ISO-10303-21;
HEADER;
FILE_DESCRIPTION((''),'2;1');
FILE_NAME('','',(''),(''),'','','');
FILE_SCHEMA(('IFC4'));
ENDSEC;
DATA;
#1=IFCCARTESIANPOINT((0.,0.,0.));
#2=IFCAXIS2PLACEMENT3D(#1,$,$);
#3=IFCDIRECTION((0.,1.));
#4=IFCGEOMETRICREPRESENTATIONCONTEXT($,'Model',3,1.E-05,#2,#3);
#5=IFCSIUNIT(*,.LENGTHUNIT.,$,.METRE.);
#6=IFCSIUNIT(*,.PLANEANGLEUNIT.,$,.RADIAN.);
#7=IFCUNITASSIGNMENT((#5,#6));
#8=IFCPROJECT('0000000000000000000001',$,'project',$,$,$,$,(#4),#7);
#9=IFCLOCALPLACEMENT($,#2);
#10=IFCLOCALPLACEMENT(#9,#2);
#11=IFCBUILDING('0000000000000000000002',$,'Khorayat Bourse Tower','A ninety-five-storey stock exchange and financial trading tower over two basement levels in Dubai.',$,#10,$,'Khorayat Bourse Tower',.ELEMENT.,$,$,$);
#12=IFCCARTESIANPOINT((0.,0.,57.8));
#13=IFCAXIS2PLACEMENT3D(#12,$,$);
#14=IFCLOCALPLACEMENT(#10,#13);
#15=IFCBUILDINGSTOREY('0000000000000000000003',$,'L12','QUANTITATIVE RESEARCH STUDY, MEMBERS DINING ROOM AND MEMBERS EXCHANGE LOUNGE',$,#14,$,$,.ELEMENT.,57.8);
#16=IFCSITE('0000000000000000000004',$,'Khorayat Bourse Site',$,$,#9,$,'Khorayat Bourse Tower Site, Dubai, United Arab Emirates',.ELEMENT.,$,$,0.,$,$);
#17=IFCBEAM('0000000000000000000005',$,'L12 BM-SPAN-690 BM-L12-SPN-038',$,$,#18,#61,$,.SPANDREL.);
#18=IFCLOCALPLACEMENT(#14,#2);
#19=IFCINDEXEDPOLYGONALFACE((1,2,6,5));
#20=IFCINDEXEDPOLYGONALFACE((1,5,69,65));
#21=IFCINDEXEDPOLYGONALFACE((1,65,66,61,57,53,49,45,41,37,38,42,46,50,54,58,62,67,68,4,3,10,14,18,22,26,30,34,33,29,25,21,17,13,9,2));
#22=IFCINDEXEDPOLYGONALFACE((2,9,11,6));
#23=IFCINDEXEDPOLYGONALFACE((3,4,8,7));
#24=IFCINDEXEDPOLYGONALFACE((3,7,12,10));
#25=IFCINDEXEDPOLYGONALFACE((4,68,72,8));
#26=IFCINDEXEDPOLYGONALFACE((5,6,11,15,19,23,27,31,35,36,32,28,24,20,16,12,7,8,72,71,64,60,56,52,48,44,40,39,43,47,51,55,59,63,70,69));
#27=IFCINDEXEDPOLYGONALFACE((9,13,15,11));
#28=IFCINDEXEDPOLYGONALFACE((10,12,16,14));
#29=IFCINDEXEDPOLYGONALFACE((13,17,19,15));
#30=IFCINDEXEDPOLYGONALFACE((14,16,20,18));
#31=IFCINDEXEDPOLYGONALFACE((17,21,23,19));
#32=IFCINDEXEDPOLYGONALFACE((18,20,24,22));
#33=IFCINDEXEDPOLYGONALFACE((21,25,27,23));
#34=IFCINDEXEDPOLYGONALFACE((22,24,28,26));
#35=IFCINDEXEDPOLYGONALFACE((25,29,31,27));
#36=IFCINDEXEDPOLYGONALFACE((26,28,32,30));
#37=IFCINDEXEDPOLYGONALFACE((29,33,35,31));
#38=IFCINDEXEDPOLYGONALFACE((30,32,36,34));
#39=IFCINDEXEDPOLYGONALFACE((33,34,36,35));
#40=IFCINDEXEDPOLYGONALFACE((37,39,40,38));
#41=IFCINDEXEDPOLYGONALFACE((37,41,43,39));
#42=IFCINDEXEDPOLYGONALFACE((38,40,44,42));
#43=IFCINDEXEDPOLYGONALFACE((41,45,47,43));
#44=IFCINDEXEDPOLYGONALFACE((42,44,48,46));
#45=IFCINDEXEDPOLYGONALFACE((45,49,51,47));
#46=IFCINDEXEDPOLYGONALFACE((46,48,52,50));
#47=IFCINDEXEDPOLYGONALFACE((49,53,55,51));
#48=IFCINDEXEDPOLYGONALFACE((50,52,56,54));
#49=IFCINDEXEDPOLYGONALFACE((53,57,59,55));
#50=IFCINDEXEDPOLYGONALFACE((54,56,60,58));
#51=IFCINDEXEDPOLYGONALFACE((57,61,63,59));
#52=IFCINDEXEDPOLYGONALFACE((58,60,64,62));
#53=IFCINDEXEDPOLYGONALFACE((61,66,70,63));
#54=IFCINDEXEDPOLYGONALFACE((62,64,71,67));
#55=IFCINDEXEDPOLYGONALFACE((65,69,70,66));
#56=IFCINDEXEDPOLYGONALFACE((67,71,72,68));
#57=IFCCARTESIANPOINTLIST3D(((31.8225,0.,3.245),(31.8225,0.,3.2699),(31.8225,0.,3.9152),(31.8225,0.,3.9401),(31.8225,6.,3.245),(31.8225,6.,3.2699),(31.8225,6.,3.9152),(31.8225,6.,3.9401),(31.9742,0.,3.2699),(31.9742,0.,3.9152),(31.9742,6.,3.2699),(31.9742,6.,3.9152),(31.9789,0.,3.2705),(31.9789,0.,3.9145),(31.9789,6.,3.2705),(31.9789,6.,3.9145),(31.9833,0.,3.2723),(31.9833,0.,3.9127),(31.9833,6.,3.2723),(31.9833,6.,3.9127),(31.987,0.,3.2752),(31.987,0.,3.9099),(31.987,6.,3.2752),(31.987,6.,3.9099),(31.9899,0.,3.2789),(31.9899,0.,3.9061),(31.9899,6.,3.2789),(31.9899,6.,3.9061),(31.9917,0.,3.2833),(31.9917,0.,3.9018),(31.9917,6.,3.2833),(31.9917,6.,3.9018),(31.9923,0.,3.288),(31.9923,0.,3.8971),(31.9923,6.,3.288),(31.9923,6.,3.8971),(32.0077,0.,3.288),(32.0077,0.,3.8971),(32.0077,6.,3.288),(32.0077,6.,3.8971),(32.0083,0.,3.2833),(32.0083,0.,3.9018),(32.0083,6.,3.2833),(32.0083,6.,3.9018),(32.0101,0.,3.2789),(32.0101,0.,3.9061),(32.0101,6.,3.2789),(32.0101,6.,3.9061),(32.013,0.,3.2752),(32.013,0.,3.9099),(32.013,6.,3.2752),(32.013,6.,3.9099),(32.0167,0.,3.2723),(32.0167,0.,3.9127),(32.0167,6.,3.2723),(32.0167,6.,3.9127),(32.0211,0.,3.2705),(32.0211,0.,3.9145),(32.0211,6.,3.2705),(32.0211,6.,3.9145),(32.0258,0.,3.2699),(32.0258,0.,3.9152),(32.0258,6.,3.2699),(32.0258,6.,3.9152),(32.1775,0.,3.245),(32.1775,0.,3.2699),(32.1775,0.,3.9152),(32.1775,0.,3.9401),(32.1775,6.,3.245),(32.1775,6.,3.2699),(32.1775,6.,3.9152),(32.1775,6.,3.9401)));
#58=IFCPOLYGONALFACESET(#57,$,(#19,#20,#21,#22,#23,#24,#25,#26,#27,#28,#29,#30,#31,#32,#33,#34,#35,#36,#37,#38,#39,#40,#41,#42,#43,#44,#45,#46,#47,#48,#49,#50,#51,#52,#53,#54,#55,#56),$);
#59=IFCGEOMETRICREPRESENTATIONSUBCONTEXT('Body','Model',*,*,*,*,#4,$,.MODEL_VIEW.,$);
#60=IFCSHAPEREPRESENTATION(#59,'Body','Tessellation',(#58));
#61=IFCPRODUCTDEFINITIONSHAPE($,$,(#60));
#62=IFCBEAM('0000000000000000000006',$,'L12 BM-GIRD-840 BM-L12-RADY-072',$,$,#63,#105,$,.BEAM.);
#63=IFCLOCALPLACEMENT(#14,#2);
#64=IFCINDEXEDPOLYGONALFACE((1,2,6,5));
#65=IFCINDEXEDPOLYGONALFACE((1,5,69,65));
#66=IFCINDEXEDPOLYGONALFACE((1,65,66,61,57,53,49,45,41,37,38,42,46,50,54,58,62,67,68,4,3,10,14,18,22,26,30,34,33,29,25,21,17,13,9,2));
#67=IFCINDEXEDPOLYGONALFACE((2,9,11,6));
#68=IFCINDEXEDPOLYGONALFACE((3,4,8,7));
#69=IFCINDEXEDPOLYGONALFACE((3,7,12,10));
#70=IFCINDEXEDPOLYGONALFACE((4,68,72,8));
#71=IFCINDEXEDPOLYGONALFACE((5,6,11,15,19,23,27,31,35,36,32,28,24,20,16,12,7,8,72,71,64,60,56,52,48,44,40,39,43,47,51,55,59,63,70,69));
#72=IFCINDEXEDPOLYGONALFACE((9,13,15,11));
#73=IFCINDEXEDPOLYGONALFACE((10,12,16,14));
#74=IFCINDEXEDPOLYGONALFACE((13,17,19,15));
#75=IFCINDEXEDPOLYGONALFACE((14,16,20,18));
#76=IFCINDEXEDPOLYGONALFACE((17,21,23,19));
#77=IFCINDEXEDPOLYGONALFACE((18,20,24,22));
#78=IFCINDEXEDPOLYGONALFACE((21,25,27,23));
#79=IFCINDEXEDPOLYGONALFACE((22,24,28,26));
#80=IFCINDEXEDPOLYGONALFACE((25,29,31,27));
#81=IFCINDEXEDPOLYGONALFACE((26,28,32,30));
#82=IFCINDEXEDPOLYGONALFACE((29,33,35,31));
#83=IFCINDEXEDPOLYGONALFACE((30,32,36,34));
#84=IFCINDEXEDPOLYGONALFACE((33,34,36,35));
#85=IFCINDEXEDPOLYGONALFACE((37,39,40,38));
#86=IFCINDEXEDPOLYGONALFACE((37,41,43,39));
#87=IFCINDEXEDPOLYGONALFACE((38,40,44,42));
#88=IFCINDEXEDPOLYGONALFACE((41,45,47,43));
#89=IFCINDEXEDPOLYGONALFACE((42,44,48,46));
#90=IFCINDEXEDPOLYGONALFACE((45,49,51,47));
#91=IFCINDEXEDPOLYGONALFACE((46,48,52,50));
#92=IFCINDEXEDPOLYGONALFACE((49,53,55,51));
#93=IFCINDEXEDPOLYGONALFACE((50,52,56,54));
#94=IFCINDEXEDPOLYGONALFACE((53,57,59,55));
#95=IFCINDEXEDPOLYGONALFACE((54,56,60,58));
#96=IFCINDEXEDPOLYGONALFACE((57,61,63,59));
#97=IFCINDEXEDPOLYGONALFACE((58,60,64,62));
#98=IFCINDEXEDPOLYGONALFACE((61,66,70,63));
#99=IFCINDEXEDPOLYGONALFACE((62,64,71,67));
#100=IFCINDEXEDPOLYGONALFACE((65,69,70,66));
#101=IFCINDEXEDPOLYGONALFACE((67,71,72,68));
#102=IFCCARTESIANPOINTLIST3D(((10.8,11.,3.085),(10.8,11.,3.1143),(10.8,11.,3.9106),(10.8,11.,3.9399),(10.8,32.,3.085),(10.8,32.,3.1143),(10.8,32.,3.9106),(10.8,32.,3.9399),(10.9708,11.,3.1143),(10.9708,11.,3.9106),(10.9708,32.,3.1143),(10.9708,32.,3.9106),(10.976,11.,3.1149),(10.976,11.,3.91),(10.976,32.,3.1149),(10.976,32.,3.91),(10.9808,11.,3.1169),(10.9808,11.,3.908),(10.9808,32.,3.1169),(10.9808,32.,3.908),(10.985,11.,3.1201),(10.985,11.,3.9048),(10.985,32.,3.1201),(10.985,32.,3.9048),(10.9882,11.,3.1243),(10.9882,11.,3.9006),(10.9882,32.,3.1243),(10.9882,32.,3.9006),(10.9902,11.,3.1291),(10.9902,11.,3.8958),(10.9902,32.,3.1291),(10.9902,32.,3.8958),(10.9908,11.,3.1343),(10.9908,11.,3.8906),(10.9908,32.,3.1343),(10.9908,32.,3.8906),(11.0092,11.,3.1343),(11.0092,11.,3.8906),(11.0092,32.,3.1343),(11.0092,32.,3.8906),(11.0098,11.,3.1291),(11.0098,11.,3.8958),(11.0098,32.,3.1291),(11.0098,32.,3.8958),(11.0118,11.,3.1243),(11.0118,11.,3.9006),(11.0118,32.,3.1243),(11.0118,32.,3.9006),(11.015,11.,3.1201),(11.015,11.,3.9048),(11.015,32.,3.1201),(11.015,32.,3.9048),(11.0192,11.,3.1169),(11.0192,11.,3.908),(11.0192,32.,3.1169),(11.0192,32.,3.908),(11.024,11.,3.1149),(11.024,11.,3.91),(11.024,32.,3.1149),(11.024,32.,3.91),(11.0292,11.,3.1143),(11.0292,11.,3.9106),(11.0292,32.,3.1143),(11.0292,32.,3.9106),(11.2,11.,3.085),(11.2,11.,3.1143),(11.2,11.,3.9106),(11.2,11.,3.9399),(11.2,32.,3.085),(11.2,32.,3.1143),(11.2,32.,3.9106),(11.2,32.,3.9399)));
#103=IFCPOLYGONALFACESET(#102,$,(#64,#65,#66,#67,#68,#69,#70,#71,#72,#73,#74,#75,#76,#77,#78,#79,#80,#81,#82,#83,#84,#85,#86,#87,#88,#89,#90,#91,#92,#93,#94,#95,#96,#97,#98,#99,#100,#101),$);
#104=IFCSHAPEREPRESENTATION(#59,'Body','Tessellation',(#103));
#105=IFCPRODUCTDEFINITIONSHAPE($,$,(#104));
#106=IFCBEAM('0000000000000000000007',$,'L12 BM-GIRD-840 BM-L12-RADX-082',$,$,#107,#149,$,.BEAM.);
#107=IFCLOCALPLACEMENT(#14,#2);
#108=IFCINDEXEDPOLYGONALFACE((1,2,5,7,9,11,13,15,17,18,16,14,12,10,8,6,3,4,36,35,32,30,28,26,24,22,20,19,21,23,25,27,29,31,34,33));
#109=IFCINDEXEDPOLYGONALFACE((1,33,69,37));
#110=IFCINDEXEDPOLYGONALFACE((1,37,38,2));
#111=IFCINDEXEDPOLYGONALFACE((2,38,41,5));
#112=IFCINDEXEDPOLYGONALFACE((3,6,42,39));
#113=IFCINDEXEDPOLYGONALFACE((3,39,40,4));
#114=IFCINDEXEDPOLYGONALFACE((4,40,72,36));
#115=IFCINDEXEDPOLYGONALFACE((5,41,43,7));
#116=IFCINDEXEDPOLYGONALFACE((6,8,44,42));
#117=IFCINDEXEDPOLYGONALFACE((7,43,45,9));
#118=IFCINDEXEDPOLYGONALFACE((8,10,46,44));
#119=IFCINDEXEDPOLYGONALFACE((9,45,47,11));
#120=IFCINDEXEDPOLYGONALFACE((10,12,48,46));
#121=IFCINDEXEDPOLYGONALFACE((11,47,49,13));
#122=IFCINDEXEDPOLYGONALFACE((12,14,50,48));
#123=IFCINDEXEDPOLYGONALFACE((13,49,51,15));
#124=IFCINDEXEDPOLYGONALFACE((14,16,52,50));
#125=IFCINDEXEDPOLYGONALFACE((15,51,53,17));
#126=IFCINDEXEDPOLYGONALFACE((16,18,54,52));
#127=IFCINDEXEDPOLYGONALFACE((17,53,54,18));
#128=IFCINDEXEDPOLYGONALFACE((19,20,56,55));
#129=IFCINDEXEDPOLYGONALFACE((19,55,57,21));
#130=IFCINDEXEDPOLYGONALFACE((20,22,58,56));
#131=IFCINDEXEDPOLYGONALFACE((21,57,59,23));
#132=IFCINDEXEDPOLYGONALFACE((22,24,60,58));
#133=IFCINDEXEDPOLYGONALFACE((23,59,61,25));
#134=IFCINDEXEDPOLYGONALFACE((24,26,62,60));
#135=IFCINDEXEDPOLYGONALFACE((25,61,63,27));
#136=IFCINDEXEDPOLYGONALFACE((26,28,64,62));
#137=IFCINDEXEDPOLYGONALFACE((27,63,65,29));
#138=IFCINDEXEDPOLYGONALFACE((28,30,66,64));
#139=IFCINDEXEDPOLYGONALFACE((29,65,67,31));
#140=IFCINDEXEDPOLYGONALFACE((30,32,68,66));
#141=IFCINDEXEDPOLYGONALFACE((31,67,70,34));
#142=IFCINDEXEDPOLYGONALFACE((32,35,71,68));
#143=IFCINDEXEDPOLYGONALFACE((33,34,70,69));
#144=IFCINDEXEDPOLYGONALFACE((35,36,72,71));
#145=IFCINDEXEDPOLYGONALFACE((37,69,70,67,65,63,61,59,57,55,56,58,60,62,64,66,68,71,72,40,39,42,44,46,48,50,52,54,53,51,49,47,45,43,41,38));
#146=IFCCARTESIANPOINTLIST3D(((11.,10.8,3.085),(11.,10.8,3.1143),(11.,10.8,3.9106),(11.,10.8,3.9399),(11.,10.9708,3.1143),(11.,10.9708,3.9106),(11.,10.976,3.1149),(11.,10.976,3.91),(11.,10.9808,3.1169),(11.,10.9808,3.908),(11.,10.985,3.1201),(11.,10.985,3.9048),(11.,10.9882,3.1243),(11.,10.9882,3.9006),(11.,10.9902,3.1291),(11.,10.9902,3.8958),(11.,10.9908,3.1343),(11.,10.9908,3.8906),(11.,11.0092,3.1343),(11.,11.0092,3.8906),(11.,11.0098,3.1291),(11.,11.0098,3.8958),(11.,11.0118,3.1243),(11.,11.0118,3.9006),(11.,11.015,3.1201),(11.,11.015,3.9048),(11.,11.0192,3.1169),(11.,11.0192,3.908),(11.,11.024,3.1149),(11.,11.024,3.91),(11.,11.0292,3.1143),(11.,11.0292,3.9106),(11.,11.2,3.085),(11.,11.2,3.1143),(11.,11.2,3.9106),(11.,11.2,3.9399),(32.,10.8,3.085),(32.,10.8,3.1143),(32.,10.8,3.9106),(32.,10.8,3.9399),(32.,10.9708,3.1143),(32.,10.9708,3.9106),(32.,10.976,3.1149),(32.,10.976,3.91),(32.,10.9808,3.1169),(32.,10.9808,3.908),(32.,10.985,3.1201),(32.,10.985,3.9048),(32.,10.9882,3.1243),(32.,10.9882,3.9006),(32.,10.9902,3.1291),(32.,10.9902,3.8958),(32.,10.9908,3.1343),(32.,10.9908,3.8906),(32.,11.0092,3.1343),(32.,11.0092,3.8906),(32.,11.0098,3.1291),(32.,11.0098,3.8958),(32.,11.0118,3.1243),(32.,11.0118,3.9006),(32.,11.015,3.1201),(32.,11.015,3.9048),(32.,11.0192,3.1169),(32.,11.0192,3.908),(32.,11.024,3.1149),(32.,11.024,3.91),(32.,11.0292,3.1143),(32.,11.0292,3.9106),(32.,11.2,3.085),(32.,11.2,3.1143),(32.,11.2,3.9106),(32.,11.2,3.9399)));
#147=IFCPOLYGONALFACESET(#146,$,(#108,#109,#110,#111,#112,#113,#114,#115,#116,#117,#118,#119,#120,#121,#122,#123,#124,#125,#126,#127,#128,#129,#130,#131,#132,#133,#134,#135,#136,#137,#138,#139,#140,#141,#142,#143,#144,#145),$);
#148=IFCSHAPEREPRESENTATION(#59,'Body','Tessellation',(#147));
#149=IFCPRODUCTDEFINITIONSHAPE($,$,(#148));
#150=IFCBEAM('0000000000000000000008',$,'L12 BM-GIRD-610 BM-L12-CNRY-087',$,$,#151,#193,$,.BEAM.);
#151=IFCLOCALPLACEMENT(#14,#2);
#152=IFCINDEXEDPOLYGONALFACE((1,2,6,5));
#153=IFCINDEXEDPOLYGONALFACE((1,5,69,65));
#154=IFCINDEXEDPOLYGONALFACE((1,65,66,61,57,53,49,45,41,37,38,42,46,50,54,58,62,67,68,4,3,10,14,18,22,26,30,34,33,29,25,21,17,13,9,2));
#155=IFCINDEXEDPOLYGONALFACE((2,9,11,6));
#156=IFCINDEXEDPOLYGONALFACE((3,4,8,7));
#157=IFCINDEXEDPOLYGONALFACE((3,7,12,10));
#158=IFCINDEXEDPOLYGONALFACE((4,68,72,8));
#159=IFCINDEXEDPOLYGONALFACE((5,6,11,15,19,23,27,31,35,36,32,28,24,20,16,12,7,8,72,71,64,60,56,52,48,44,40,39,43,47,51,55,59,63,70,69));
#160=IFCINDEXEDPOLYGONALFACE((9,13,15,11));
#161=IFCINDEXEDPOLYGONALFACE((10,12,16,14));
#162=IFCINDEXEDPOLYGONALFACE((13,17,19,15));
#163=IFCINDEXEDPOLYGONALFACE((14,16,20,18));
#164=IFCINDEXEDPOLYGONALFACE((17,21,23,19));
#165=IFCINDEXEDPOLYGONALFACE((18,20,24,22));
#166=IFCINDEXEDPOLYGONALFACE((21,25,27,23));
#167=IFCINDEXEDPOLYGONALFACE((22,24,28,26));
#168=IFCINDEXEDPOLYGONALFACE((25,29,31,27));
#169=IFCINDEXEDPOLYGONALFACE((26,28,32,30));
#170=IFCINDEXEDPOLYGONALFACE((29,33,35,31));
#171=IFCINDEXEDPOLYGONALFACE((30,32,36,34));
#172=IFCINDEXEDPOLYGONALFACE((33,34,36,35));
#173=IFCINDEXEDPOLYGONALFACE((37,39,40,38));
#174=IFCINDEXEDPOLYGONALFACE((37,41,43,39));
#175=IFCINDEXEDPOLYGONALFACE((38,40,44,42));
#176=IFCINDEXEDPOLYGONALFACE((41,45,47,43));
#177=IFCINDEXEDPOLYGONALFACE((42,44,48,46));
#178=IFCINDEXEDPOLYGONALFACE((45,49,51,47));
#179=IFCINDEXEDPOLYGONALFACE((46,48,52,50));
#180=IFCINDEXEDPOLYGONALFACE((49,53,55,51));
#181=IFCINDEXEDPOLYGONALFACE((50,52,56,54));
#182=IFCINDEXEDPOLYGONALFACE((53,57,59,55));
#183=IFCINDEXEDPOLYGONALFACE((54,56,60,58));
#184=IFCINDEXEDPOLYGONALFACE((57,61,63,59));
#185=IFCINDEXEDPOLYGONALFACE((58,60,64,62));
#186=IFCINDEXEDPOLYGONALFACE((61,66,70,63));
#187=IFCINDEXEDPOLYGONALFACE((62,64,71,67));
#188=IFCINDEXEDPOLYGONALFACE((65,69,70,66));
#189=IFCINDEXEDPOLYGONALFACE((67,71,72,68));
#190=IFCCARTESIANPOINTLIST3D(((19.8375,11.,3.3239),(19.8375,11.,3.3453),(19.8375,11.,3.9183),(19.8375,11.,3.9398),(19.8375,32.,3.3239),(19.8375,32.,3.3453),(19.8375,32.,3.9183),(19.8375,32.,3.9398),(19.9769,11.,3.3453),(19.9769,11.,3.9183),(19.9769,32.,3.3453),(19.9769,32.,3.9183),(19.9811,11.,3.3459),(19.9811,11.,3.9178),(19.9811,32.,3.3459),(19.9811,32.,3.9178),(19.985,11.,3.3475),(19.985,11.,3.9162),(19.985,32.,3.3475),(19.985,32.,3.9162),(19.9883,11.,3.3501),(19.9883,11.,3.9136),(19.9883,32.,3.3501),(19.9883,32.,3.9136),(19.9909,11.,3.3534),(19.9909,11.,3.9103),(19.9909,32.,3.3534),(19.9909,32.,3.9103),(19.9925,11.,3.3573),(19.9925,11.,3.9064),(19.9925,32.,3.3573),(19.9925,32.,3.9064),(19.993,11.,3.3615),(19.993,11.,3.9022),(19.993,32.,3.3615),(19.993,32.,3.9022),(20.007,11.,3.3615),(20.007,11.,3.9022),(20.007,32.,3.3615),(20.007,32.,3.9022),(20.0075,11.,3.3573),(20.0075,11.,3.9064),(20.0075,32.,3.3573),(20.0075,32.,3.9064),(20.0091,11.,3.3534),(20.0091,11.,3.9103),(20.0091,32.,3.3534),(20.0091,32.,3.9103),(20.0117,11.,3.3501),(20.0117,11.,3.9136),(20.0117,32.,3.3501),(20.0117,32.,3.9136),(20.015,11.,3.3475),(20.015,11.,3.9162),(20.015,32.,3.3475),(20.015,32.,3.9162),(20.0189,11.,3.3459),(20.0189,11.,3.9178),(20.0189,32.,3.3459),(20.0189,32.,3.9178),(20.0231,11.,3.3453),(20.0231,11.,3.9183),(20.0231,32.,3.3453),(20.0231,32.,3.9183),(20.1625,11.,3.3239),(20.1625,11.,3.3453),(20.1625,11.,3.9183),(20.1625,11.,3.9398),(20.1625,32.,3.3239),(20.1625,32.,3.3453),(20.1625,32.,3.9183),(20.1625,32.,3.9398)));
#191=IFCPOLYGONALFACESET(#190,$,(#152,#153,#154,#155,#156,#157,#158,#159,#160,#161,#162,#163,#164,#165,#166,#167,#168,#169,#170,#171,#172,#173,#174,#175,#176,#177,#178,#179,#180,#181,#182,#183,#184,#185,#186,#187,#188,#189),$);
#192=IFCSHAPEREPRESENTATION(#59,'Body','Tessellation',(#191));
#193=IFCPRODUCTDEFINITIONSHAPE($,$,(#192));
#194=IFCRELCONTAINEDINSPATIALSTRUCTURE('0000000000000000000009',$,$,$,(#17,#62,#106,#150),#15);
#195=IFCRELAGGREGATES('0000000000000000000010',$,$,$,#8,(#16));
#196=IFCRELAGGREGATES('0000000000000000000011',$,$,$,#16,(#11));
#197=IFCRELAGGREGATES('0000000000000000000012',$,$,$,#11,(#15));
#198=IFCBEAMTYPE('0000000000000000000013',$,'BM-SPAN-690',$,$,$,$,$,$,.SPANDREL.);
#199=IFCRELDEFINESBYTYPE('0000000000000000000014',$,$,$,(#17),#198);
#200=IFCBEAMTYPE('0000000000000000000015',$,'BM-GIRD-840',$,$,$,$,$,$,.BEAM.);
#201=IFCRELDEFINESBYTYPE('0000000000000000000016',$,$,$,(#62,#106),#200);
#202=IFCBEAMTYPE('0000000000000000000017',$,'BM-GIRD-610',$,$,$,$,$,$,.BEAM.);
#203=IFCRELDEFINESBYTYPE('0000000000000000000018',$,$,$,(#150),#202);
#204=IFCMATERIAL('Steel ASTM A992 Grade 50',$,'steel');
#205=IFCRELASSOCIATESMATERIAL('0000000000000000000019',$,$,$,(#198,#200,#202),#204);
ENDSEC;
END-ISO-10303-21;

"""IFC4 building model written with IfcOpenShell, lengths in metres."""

from ifc_helpers import new_model, si_unit, direction, frame, origin, origin_2d, place, context, subcontext, project, spatial, i_section, extrude, source, transform, mapped, material, material_profile, profile_set, type_object, element, save


model = new_model("IFC4")

# Units and contexts
model_context = context("Model", 3, precision=1e-05, world=origin(), true_north=direction((0.0, 1.0)))
body_context = subcontext(model_context, "Body", "Model", "MODEL_VIEW")
ifc_project = project(units=[si_unit("LENGTHUNIT", "METRE"), si_unit("PLANEANGLEUNIT", "RADIAN")], contexts=[model_context])

# Site, building, storey
site_placement = place(None, origin())
site = spatial("IfcSite", under=ifc_project, at=site_placement, Name="Khorayat Bourse Site", LongName="Khorayat Bourse Tower Site, Dubai, United Arab Emirates", CompositionType="ELEMENT", RefElevation=0.0)
building_placement = place(site_placement, origin())
building = spatial("IfcBuilding", under=site, at=building_placement, Name="Khorayat Bourse Tower", Description="A ninety-five-storey stock exchange and financial trading tower over two basement levels in Dubai.", LongName="Khorayat Bourse Tower", CompositionType="ELEMENT")
storey_placement = place(building_placement, frame((0.0, 0.0, 57.8)))
storey = spatial("IfcBuildingStorey", under=building, at=storey_placement, Name="L12", Description="QUANTITATIVE RESEARCH STUDY, MEMBERS DINING ROOM AND MEMBERS EXCHANGE LOUNGE", CompositionType="ELEMENT", Elevation=57.8)

# Beams
ifc_material_1 = material(Name="Steel ASTM A992 Grade 50", Category="steel")
ifc_material_profile_1 = material_profile(ifc_material_1, i_section(OverallWidth=0.355, OverallDepth=0.6951, WebThickness=0.0154, FlangeThickness=0.0249, FilletRadius=0.0181, at=origin_2d()), Name="W690X217")
ifc_profile_set_1 = profile_set([ifc_material_profile_1], Name="Steel ASTM A992 Grade 50")
beam_type_1 = type_object("IfcBeamType", Name="BM-SPAN-690", PredefinedType="SPANDREL", material=ifc_profile_set_1)
shared_shape_1 = source(origin(), body_context, "Body", "SweptSolid", [
    extrude(i_section(OverallWidth=0.355, OverallDepth=0.6951, WebThickness=0.0154, FlangeThickness=0.0249, FilletRadius=0.0181, at=origin_2d()), origin(), (0.0, 0.0, 1.0), 6.0),
])
beam_1_placement = place(storey_placement, frame((32.0, 0.0, 3.5925), z_axis=(0.0, 1.0, 0.0), x_axis=(-1.0, 0.0, 0.0)))
element("IfcBeam", 1, at=beam_1_placement, inside=storey, type_object=beam_type_1, Name="L12 BM-SPAN-690 BM-L12-SPN-038", PredefinedType="SPANDREL", context=body_context, shape_type="MappedRepresentation", body=[
    mapped(shared_shape_1, transform((0.0, 0.0, 0.0), scale=1.0)),
])
ifc_material_profile_2 = material_profile(ifc_material_1, i_section(OverallWidth=0.3999, OverallDepth=0.855, WebThickness=0.0183, FlangeThickness=0.0293, FilletRadius=0.02, at=origin_2d()), Name="W840X299")
ifc_profile_set_2 = profile_set([ifc_material_profile_2], Name="Steel ASTM A992 Grade 50")
beam_type_2 = type_object("IfcBeamType", Name="BM-GIRD-840", PredefinedType="BEAM", material=ifc_profile_set_2)
shared_shape_2 = source(origin(), body_context, "Body", "SweptSolid", [
    extrude(i_section(OverallWidth=0.3999, OverallDepth=0.855, WebThickness=0.0183, FlangeThickness=0.0293, FilletRadius=0.02, at=origin_2d()), origin(), (0.0, 0.0, 1.0), 21.0),
])
for number, where, z_axis, x_axis, name in (
    (2, (11.0, 11.0, 3.5125), (0.0, 1.0, 0.0), (-1.0, 0.0, 0.0), "L12 BM-GIRD-840 BM-L12-RADY-072"),
    (3, (11.0, 11.0, 3.5125), (1.0, 0.0, 0.0), (0.0, 1.0, 0.0), "L12 BM-GIRD-840 BM-L12-RADX-082"),
):
    element("IfcBeam", number, at=place(storey_placement, frame(where, z_axis=z_axis, x_axis=x_axis)), inside=storey, type_object=beam_type_2, Name=name, PredefinedType="BEAM", context=body_context, shape_type="MappedRepresentation", body=[
        mapped(shared_shape_2, transform((0.0, 0.0, 0.0), scale=1.0)),
    ])
ifc_material_profile_3 = material_profile(ifc_material_1, i_section(OverallWidth=0.325, OverallDepth=0.616, WebThickness=0.0139, FlangeThickness=0.0215, FilletRadius=0.0161, at=origin_2d()), Name="W610X174")
ifc_profile_set_3 = profile_set([ifc_material_profile_3], Name="Steel ASTM A992 Grade 50")
beam_type_3 = type_object("IfcBeamType", Name="BM-GIRD-610", PredefinedType="BEAM", material=ifc_profile_set_3)
shared_shape_3 = source(origin(), body_context, "Body", "SweptSolid", [
    extrude(i_section(OverallWidth=0.325, OverallDepth=0.616, WebThickness=0.0139, FlangeThickness=0.0215, FilletRadius=0.0161, at=origin_2d()), origin(), (0.0, 0.0, 1.0), 21.0),
])
beam_2_placement = place(storey_placement, frame((20.0, 11.0, 3.6318), z_axis=(0.0, 1.0, 0.0), x_axis=(-1.0, 0.0, 0.0)))
element("IfcBeam", 4, at=beam_2_placement, inside=storey, type_object=beam_type_3, Name="L12 BM-GIRD-610 BM-L12-CNRY-087", PredefinedType="BEAM", context=body_context, shape_type="MappedRepresentation", body=[
    mapped(shared_shape_3, transform((0.0, 0.0, 0.0), scale=1.0)),
])

save(model, "model.ifc")
